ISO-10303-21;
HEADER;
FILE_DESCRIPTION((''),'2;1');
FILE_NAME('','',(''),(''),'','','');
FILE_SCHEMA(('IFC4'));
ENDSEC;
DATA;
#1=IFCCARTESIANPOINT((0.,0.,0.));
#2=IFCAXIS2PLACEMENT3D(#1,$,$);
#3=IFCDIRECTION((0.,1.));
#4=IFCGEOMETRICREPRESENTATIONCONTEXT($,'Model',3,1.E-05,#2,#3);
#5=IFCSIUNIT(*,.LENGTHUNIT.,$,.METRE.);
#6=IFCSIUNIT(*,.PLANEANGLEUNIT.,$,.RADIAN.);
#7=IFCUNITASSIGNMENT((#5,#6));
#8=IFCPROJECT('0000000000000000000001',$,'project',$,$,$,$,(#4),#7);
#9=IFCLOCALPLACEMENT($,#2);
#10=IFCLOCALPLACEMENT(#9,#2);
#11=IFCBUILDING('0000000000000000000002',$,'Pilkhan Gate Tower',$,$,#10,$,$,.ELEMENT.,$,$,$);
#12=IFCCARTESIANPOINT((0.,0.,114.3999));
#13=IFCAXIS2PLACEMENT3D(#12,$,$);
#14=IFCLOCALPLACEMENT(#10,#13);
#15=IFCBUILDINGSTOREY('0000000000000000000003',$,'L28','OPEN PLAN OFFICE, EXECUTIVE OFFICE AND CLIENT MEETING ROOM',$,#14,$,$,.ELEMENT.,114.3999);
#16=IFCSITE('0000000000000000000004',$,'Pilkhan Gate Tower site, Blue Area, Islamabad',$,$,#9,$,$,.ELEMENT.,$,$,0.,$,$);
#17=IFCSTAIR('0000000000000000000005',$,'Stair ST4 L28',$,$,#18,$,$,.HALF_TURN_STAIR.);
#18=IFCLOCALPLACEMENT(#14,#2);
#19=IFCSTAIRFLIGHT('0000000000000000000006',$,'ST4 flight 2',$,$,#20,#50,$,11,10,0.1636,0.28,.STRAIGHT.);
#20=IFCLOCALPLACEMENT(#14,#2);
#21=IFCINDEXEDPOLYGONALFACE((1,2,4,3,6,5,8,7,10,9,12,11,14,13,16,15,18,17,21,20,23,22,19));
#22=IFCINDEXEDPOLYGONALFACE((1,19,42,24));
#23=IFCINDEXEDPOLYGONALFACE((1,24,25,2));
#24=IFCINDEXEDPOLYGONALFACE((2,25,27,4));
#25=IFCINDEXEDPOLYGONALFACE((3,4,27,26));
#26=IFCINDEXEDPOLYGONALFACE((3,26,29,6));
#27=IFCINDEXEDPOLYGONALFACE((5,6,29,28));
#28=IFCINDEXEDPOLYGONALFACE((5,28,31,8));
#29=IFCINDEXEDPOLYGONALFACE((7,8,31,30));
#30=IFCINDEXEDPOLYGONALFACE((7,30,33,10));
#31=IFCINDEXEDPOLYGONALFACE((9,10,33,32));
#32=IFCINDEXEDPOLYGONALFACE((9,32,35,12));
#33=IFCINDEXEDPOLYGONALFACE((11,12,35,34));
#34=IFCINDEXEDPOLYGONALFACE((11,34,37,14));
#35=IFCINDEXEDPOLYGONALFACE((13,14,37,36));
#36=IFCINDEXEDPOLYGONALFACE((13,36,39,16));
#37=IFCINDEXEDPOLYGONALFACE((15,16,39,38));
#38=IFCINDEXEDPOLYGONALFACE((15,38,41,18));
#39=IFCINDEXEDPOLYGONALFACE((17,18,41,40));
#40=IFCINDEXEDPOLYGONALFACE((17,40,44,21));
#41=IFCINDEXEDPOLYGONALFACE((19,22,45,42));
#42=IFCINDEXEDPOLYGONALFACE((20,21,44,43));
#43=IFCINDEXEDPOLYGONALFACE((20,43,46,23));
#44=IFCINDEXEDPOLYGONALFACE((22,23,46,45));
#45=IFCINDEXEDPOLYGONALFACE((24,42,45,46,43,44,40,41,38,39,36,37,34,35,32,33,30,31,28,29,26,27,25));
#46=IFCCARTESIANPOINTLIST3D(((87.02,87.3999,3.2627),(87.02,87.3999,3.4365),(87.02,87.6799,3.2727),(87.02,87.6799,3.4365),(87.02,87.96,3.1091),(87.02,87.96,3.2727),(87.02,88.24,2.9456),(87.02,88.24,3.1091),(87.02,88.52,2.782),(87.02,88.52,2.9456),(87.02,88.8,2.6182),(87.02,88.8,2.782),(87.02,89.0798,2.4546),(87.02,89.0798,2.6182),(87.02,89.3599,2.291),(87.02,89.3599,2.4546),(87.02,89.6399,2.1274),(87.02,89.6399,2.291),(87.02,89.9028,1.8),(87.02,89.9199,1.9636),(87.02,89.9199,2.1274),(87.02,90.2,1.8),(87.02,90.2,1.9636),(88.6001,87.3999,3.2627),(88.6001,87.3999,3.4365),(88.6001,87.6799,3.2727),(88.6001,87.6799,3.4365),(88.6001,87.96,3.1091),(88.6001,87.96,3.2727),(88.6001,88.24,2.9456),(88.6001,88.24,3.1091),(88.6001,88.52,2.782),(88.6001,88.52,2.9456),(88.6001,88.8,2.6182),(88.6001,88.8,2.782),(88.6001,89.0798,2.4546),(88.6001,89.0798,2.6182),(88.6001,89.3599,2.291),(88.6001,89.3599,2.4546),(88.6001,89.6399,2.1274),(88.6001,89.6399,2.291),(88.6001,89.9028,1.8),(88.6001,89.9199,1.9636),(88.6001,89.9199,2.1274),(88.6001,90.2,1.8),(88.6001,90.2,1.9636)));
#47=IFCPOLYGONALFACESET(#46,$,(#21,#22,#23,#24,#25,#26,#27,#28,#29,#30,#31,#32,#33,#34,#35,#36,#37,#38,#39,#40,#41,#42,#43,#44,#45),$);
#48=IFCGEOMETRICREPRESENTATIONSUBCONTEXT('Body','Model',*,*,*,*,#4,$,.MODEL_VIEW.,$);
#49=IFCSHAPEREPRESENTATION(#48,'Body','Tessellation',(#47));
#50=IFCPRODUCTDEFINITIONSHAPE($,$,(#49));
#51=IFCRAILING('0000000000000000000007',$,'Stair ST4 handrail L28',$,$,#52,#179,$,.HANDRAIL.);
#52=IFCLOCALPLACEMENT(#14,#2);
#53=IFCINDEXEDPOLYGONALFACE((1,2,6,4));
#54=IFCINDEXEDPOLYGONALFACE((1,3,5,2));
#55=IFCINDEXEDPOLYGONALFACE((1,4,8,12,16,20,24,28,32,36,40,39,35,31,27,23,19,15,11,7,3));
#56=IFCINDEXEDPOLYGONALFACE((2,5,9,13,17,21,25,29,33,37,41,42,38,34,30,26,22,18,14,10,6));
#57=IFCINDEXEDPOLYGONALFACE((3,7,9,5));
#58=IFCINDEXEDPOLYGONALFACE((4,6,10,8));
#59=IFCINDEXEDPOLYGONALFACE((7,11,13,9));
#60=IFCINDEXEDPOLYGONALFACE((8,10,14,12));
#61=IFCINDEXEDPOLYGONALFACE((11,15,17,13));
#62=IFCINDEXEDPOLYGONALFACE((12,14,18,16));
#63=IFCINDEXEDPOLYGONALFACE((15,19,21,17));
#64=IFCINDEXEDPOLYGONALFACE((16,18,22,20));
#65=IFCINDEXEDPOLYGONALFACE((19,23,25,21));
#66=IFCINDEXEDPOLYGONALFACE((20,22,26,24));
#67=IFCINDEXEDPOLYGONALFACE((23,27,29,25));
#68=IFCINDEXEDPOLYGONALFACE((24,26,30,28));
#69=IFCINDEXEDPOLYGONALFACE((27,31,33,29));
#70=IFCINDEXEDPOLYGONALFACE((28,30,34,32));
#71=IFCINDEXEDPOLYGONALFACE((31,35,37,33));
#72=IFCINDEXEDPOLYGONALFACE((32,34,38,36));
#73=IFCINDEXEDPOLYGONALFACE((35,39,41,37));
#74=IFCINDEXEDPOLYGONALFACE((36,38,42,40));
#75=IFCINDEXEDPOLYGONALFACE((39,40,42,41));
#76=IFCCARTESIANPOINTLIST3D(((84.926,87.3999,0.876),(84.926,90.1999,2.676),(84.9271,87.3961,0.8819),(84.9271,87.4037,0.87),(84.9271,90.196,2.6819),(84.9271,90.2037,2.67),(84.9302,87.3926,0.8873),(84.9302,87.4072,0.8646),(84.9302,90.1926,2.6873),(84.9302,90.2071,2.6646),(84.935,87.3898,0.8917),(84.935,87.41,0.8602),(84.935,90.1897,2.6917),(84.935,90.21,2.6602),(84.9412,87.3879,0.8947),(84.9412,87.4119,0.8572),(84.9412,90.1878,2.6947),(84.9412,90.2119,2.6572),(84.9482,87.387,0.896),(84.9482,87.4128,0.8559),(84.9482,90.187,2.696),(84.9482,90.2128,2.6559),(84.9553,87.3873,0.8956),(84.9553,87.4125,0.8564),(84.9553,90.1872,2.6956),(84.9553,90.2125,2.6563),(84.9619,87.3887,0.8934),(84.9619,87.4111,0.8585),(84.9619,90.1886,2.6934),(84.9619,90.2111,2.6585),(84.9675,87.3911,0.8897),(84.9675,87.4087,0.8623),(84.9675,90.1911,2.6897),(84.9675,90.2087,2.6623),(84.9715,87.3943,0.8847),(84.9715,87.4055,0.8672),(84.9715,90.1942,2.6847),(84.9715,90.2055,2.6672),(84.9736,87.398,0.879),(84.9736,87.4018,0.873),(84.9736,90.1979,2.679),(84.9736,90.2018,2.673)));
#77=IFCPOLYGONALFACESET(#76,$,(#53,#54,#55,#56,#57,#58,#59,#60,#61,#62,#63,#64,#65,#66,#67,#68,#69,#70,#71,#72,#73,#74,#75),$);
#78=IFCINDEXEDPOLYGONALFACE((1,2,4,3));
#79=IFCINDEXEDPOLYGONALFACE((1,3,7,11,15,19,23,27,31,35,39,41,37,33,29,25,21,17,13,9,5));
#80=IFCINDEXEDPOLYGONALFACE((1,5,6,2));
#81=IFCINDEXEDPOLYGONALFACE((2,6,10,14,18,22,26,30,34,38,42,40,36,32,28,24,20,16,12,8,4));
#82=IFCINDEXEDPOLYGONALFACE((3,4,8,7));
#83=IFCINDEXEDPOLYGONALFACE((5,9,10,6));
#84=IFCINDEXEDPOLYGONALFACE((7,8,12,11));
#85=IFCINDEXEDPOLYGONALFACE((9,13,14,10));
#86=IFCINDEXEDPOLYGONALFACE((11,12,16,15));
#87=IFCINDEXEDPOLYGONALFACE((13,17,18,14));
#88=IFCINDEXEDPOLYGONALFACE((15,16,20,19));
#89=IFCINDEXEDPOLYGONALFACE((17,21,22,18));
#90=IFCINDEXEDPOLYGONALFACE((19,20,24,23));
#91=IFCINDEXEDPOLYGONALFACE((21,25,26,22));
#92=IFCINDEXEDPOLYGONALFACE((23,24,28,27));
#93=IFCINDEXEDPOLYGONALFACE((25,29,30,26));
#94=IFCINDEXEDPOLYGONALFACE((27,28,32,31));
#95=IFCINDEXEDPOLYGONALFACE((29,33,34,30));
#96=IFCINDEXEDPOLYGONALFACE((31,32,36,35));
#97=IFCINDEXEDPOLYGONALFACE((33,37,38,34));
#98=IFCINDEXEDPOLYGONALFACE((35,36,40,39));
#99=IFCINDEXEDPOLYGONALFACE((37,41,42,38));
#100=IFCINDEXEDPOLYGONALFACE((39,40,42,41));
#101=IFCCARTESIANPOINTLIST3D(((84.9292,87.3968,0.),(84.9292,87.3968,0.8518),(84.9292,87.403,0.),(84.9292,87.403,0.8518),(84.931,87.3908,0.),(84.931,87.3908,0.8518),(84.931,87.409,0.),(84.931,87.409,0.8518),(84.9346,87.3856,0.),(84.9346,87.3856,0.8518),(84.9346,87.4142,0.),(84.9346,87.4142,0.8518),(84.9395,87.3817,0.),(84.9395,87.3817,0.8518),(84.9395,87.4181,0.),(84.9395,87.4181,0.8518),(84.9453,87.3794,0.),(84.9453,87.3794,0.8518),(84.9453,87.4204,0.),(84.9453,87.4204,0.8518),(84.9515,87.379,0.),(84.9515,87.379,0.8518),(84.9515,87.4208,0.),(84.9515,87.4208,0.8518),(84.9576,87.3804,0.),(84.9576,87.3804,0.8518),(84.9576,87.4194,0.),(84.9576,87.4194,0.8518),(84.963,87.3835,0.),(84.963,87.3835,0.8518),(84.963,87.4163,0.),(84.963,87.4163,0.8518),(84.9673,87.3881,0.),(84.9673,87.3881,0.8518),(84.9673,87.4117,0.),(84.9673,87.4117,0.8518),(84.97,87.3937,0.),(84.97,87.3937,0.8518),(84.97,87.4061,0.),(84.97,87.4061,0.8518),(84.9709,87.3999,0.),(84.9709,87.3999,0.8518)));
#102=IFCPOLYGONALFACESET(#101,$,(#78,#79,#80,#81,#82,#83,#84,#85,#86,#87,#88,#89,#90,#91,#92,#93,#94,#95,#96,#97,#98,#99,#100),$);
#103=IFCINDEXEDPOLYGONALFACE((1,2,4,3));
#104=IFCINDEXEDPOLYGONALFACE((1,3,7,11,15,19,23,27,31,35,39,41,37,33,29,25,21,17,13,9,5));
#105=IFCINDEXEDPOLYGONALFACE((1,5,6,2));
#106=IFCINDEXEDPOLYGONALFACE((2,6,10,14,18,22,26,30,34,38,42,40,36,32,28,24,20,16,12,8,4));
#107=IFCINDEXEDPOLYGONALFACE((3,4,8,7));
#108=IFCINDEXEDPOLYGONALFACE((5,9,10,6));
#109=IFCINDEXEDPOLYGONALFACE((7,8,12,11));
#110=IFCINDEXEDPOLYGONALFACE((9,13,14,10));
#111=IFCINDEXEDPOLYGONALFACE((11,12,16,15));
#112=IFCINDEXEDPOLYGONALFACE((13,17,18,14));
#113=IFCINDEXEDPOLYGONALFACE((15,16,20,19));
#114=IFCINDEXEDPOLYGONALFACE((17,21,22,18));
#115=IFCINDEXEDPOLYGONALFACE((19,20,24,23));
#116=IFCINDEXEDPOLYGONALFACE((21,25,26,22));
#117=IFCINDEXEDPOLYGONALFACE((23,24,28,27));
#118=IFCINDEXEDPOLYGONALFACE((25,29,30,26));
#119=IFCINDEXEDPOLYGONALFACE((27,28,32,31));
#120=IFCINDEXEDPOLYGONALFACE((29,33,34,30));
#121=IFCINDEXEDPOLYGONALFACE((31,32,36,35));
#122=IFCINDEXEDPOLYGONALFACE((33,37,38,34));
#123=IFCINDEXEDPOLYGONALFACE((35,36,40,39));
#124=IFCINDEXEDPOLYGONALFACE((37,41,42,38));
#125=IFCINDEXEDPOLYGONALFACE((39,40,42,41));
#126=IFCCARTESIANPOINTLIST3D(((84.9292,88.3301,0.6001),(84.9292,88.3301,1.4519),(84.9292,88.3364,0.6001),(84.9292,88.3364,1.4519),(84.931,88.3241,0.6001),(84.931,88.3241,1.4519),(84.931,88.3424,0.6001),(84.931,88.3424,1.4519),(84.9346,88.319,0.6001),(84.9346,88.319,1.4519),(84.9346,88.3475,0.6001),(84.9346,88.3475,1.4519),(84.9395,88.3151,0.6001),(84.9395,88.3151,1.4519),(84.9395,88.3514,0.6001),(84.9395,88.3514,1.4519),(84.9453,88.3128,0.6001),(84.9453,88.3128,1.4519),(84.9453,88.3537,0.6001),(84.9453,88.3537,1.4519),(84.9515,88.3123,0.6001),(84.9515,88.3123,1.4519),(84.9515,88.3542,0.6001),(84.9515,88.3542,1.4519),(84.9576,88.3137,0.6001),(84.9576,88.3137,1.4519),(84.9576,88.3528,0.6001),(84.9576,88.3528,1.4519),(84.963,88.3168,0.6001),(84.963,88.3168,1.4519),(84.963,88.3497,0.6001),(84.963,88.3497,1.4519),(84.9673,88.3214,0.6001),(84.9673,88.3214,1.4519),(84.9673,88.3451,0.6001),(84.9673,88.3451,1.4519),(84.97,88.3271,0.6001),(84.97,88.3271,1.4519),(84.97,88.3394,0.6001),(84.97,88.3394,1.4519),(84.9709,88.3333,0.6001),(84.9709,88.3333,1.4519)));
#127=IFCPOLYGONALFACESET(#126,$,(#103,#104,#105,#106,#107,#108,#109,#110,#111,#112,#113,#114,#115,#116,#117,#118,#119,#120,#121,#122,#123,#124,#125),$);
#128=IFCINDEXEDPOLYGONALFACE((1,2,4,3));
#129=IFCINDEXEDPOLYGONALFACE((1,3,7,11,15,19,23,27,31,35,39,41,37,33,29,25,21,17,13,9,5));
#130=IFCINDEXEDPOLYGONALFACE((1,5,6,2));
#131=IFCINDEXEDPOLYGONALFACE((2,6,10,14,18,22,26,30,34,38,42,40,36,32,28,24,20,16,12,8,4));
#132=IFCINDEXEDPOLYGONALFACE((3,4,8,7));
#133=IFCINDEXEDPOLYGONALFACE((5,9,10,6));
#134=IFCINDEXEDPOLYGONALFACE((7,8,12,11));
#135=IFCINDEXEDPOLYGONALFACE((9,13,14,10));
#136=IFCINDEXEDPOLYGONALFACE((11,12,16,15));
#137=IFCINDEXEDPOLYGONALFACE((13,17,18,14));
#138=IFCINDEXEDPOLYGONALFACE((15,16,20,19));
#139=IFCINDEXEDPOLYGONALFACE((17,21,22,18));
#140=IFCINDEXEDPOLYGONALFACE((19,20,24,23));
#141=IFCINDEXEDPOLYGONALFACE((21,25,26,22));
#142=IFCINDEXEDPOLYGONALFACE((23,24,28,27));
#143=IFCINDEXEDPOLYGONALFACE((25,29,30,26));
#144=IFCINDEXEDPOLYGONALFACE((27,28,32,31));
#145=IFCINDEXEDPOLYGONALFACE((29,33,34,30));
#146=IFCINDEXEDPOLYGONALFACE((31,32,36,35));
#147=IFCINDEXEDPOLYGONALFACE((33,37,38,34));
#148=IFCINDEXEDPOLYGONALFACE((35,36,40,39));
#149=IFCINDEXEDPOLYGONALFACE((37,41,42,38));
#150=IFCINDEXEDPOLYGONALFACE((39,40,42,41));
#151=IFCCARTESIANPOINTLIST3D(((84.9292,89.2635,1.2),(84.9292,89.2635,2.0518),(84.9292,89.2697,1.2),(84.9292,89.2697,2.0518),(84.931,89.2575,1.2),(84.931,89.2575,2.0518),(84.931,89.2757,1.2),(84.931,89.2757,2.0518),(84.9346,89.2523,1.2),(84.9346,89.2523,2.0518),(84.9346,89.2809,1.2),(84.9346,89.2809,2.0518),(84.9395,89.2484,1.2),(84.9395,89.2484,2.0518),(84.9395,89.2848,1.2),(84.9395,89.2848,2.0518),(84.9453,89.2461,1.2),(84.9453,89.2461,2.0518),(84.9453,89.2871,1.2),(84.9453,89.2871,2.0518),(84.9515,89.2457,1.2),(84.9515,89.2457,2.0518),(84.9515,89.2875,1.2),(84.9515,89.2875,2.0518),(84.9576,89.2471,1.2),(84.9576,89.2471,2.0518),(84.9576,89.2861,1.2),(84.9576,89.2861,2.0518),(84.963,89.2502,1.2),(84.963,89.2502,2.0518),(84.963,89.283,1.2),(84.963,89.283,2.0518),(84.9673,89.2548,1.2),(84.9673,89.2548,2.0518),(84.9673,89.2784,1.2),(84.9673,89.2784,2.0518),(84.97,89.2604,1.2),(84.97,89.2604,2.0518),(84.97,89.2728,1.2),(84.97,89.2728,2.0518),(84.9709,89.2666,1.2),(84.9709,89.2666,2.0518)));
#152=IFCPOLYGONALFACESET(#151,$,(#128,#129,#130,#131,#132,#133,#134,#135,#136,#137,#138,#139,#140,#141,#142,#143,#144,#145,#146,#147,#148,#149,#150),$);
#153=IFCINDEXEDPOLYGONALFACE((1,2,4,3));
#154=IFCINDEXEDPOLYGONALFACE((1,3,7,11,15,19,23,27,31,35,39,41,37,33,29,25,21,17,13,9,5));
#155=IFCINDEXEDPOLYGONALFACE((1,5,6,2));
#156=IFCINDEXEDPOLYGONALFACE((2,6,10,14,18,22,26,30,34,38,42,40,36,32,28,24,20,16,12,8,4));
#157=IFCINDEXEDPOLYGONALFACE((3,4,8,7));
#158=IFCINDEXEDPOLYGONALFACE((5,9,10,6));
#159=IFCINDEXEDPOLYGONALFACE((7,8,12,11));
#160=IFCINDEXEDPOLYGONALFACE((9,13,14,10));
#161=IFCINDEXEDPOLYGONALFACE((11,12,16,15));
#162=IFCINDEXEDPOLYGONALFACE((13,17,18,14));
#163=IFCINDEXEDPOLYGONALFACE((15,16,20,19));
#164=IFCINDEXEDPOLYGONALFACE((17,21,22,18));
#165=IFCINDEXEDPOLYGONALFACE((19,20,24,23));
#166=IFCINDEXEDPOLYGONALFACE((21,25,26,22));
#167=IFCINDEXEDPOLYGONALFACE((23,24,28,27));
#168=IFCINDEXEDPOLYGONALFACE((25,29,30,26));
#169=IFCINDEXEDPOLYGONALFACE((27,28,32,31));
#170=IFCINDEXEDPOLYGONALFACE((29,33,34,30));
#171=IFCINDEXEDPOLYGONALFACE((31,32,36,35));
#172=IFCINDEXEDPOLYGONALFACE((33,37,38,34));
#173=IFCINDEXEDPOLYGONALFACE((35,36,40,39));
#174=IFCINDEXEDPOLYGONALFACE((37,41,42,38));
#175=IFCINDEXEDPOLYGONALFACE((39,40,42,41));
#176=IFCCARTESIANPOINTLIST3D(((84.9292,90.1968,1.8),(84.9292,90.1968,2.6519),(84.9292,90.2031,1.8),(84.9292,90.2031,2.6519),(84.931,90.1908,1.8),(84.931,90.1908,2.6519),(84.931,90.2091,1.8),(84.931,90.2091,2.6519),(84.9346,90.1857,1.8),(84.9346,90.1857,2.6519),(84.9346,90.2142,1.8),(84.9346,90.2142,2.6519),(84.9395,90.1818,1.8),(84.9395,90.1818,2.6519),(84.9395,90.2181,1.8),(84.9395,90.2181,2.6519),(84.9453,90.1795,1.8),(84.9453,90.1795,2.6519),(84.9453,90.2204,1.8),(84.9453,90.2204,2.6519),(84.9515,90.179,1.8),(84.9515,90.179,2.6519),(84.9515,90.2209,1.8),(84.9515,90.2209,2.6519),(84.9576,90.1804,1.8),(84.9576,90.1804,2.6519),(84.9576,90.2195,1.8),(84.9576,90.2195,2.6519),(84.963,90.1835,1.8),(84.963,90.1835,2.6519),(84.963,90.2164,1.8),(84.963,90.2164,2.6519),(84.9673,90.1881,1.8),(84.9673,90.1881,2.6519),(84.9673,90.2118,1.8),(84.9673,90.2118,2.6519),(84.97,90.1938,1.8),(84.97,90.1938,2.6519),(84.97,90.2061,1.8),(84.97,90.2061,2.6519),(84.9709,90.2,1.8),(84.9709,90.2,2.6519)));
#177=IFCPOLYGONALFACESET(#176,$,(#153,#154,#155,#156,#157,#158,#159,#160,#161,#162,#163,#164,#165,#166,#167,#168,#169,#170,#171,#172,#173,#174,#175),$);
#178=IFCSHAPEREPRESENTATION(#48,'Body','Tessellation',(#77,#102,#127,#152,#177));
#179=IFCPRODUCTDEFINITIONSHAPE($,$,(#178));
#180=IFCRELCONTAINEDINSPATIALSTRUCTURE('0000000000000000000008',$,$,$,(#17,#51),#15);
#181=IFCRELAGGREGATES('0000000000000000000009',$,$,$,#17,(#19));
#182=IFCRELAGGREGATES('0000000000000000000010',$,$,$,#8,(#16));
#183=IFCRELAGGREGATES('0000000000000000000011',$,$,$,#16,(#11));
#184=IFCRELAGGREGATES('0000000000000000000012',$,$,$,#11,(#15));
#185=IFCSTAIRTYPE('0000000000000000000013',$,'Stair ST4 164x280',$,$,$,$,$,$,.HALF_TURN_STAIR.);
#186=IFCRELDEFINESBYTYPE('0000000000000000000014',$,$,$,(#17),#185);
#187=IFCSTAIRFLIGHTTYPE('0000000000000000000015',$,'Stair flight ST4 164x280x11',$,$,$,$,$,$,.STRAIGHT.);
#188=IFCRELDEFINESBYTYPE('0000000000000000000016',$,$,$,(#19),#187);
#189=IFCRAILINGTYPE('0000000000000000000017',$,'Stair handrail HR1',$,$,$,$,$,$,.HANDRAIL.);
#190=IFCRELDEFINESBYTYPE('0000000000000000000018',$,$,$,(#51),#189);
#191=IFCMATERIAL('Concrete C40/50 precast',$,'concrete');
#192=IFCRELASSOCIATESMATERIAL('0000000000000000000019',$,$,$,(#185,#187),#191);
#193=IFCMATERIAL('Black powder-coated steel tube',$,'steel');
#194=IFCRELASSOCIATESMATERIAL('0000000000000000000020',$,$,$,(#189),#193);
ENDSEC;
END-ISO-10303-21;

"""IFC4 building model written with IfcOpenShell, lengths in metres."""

from ifc_helpers import new_model, si_unit, direction, frame, origin, origin_2d, place, context, subcontext, project, spatial, polyline, circle, outline, extrude, material, type_object, element, aggregate, save


model = new_model("IFC4")

# Units and contexts
model_context = context("Model", 3, precision=1e-05, world=origin(), true_north=direction((0.0, 1.0)))
body_context = subcontext(model_context, "Body", "Model", "MODEL_VIEW")
ifc_project = project(units=[si_unit("LENGTHUNIT", "METRE"), si_unit("PLANEANGLEUNIT", "RADIAN")], contexts=[model_context])

# Site, building, storey
site_placement = place(None, origin())
site = spatial("IfcSite", under=ifc_project, at=site_placement, Name="Pilkhan Gate Tower site, Blue Area, Islamabad", CompositionType="ELEMENT", RefElevation=0.0)
building_placement = place(site_placement, origin())
building = spatial("IfcBuilding", under=site, at=building_placement, Name="Pilkhan Gate Tower", CompositionType="ELEMENT")
storey_placement = place(building_placement, frame((0.0, 0.0, 114.3999)))
storey = spatial("IfcBuildingStorey", under=building, at=storey_placement, Name="L28", Description="OPEN PLAN OFFICE, EXECUTIVE OFFICE AND CLIENT MEETING ROOM", CompositionType="ELEMENT", Elevation=114.3999)

# Stair, stair flight
ifc_material_1 = material(Name="Concrete C40/50 precast", Category="concrete")
stair_type = type_object("IfcStairType", Name="Stair ST4 164x280", PredefinedType="HALF_TURN_STAIR", material=ifc_material_1)
stair_placement = place(storey_placement, origin())
stair = element("IfcStair", 1, at=stair_placement, inside=storey, type_object=stair_type, Name="Stair ST4 L28", PredefinedType="HALF_TURN_STAIR")
stair_flight_type = type_object("IfcStairFlightType", Name="Stair flight ST4 164x280x11", PredefinedType="STRAIGHT", material=ifc_material_1)
stair_flight_1_placement = place(storey_placement, frame((87.8101, 90.2, 1.8), z_axis=(0.0, 0.0, 1.0), x_axis=(0.0, -1.0, 0.0)))
stair_flight_1 = element("IfcStairFlight", 2, at=stair_flight_1_placement, type_object=stair_flight_type, Name="ST4 flight 2", NumberOfRisers=11, NumberOfTreads=10, PredefinedType="STRAIGHT", RiserHeight=0.1636, TreadLength=0.28, context=body_context, shape_type="SweptSolid", body=[
    extrude(outline(polyline([(0.0, 0.0), (0.0, 0.1636), (0.28, 0.1636), (0.28, 0.3274), (0.5601, 0.3274), (0.5601, 0.491), (0.8401, 0.491), (0.8401, 0.6545), (1.1201, 0.6545), (1.1201, 0.8181), (1.3999, 0.8181), (1.3999, 0.9819), (1.6799, 0.9819), (1.6799, 1.1455), (1.96, 1.1455), (1.96, 1.3091), (2.24, 1.3091), (2.24, 1.4727), (2.52, 1.4727), (2.52, 1.6365), (2.8, 1.6365), (2.8, 1.8), (2.8, 1.4626), (0.2971, 0.0), (0.0, 0.0)])), frame((0.0, 0.79, 0.0), z_axis=(0.0, -1.0, 0.0), x_axis=(1.0, 0.0, 0.0)), (0.0, 0.0, 1.0), 1.5801),
])
aggregate(stair, [stair_flight_1])

# Railing
ifc_material_2 = material(Name="Black powder-coated steel tube", Category="steel")
railing_type_1 = type_object("IfcRailingType", Name="Stair handrail HR1", PredefinedType="HANDRAIL", material=ifc_material_2)
railing_1_placement = place(storey_placement, frame((84.95, 87.3999, 0.0)))
element("IfcRailing", 3, at=railing_1_placement, inside=storey, type_object=railing_type_1, Name="Stair ST4 handrail L28", PredefinedType="HANDRAIL", context=body_context, shape_type="SweptSolid", body=[
    extrude(circle(Radius=0.0239, at=origin_2d()), frame((0.0, 0.0, 0.876), z_axis=(0.0, 0.841176, 0.540761), x_axis=(-1.0, 0.0, 0.0)), (0.0, 0.0, 1.0), 3.3286),
    extrude(circle(Radius=0.021, at=origin_2d()), origin(), (0.0, 0.0, 1.0), 0.8518),
    extrude(circle(Radius=0.021, at=origin_2d()), frame((0.0, 0.9333, 0.6001)), (0.0, 0.0, 1.0), 0.8518),
    extrude(circle(Radius=0.021, at=origin_2d()), frame((0.0, 1.8667, 1.2)), (0.0, 0.0, 1.0), 0.8518),
    extrude(circle(Radius=0.021, at=origin_2d()), frame((0.0, 2.8, 1.8)), (0.0, 0.0, 1.0), 0.8518),
])

save(model, "model.ifc")
